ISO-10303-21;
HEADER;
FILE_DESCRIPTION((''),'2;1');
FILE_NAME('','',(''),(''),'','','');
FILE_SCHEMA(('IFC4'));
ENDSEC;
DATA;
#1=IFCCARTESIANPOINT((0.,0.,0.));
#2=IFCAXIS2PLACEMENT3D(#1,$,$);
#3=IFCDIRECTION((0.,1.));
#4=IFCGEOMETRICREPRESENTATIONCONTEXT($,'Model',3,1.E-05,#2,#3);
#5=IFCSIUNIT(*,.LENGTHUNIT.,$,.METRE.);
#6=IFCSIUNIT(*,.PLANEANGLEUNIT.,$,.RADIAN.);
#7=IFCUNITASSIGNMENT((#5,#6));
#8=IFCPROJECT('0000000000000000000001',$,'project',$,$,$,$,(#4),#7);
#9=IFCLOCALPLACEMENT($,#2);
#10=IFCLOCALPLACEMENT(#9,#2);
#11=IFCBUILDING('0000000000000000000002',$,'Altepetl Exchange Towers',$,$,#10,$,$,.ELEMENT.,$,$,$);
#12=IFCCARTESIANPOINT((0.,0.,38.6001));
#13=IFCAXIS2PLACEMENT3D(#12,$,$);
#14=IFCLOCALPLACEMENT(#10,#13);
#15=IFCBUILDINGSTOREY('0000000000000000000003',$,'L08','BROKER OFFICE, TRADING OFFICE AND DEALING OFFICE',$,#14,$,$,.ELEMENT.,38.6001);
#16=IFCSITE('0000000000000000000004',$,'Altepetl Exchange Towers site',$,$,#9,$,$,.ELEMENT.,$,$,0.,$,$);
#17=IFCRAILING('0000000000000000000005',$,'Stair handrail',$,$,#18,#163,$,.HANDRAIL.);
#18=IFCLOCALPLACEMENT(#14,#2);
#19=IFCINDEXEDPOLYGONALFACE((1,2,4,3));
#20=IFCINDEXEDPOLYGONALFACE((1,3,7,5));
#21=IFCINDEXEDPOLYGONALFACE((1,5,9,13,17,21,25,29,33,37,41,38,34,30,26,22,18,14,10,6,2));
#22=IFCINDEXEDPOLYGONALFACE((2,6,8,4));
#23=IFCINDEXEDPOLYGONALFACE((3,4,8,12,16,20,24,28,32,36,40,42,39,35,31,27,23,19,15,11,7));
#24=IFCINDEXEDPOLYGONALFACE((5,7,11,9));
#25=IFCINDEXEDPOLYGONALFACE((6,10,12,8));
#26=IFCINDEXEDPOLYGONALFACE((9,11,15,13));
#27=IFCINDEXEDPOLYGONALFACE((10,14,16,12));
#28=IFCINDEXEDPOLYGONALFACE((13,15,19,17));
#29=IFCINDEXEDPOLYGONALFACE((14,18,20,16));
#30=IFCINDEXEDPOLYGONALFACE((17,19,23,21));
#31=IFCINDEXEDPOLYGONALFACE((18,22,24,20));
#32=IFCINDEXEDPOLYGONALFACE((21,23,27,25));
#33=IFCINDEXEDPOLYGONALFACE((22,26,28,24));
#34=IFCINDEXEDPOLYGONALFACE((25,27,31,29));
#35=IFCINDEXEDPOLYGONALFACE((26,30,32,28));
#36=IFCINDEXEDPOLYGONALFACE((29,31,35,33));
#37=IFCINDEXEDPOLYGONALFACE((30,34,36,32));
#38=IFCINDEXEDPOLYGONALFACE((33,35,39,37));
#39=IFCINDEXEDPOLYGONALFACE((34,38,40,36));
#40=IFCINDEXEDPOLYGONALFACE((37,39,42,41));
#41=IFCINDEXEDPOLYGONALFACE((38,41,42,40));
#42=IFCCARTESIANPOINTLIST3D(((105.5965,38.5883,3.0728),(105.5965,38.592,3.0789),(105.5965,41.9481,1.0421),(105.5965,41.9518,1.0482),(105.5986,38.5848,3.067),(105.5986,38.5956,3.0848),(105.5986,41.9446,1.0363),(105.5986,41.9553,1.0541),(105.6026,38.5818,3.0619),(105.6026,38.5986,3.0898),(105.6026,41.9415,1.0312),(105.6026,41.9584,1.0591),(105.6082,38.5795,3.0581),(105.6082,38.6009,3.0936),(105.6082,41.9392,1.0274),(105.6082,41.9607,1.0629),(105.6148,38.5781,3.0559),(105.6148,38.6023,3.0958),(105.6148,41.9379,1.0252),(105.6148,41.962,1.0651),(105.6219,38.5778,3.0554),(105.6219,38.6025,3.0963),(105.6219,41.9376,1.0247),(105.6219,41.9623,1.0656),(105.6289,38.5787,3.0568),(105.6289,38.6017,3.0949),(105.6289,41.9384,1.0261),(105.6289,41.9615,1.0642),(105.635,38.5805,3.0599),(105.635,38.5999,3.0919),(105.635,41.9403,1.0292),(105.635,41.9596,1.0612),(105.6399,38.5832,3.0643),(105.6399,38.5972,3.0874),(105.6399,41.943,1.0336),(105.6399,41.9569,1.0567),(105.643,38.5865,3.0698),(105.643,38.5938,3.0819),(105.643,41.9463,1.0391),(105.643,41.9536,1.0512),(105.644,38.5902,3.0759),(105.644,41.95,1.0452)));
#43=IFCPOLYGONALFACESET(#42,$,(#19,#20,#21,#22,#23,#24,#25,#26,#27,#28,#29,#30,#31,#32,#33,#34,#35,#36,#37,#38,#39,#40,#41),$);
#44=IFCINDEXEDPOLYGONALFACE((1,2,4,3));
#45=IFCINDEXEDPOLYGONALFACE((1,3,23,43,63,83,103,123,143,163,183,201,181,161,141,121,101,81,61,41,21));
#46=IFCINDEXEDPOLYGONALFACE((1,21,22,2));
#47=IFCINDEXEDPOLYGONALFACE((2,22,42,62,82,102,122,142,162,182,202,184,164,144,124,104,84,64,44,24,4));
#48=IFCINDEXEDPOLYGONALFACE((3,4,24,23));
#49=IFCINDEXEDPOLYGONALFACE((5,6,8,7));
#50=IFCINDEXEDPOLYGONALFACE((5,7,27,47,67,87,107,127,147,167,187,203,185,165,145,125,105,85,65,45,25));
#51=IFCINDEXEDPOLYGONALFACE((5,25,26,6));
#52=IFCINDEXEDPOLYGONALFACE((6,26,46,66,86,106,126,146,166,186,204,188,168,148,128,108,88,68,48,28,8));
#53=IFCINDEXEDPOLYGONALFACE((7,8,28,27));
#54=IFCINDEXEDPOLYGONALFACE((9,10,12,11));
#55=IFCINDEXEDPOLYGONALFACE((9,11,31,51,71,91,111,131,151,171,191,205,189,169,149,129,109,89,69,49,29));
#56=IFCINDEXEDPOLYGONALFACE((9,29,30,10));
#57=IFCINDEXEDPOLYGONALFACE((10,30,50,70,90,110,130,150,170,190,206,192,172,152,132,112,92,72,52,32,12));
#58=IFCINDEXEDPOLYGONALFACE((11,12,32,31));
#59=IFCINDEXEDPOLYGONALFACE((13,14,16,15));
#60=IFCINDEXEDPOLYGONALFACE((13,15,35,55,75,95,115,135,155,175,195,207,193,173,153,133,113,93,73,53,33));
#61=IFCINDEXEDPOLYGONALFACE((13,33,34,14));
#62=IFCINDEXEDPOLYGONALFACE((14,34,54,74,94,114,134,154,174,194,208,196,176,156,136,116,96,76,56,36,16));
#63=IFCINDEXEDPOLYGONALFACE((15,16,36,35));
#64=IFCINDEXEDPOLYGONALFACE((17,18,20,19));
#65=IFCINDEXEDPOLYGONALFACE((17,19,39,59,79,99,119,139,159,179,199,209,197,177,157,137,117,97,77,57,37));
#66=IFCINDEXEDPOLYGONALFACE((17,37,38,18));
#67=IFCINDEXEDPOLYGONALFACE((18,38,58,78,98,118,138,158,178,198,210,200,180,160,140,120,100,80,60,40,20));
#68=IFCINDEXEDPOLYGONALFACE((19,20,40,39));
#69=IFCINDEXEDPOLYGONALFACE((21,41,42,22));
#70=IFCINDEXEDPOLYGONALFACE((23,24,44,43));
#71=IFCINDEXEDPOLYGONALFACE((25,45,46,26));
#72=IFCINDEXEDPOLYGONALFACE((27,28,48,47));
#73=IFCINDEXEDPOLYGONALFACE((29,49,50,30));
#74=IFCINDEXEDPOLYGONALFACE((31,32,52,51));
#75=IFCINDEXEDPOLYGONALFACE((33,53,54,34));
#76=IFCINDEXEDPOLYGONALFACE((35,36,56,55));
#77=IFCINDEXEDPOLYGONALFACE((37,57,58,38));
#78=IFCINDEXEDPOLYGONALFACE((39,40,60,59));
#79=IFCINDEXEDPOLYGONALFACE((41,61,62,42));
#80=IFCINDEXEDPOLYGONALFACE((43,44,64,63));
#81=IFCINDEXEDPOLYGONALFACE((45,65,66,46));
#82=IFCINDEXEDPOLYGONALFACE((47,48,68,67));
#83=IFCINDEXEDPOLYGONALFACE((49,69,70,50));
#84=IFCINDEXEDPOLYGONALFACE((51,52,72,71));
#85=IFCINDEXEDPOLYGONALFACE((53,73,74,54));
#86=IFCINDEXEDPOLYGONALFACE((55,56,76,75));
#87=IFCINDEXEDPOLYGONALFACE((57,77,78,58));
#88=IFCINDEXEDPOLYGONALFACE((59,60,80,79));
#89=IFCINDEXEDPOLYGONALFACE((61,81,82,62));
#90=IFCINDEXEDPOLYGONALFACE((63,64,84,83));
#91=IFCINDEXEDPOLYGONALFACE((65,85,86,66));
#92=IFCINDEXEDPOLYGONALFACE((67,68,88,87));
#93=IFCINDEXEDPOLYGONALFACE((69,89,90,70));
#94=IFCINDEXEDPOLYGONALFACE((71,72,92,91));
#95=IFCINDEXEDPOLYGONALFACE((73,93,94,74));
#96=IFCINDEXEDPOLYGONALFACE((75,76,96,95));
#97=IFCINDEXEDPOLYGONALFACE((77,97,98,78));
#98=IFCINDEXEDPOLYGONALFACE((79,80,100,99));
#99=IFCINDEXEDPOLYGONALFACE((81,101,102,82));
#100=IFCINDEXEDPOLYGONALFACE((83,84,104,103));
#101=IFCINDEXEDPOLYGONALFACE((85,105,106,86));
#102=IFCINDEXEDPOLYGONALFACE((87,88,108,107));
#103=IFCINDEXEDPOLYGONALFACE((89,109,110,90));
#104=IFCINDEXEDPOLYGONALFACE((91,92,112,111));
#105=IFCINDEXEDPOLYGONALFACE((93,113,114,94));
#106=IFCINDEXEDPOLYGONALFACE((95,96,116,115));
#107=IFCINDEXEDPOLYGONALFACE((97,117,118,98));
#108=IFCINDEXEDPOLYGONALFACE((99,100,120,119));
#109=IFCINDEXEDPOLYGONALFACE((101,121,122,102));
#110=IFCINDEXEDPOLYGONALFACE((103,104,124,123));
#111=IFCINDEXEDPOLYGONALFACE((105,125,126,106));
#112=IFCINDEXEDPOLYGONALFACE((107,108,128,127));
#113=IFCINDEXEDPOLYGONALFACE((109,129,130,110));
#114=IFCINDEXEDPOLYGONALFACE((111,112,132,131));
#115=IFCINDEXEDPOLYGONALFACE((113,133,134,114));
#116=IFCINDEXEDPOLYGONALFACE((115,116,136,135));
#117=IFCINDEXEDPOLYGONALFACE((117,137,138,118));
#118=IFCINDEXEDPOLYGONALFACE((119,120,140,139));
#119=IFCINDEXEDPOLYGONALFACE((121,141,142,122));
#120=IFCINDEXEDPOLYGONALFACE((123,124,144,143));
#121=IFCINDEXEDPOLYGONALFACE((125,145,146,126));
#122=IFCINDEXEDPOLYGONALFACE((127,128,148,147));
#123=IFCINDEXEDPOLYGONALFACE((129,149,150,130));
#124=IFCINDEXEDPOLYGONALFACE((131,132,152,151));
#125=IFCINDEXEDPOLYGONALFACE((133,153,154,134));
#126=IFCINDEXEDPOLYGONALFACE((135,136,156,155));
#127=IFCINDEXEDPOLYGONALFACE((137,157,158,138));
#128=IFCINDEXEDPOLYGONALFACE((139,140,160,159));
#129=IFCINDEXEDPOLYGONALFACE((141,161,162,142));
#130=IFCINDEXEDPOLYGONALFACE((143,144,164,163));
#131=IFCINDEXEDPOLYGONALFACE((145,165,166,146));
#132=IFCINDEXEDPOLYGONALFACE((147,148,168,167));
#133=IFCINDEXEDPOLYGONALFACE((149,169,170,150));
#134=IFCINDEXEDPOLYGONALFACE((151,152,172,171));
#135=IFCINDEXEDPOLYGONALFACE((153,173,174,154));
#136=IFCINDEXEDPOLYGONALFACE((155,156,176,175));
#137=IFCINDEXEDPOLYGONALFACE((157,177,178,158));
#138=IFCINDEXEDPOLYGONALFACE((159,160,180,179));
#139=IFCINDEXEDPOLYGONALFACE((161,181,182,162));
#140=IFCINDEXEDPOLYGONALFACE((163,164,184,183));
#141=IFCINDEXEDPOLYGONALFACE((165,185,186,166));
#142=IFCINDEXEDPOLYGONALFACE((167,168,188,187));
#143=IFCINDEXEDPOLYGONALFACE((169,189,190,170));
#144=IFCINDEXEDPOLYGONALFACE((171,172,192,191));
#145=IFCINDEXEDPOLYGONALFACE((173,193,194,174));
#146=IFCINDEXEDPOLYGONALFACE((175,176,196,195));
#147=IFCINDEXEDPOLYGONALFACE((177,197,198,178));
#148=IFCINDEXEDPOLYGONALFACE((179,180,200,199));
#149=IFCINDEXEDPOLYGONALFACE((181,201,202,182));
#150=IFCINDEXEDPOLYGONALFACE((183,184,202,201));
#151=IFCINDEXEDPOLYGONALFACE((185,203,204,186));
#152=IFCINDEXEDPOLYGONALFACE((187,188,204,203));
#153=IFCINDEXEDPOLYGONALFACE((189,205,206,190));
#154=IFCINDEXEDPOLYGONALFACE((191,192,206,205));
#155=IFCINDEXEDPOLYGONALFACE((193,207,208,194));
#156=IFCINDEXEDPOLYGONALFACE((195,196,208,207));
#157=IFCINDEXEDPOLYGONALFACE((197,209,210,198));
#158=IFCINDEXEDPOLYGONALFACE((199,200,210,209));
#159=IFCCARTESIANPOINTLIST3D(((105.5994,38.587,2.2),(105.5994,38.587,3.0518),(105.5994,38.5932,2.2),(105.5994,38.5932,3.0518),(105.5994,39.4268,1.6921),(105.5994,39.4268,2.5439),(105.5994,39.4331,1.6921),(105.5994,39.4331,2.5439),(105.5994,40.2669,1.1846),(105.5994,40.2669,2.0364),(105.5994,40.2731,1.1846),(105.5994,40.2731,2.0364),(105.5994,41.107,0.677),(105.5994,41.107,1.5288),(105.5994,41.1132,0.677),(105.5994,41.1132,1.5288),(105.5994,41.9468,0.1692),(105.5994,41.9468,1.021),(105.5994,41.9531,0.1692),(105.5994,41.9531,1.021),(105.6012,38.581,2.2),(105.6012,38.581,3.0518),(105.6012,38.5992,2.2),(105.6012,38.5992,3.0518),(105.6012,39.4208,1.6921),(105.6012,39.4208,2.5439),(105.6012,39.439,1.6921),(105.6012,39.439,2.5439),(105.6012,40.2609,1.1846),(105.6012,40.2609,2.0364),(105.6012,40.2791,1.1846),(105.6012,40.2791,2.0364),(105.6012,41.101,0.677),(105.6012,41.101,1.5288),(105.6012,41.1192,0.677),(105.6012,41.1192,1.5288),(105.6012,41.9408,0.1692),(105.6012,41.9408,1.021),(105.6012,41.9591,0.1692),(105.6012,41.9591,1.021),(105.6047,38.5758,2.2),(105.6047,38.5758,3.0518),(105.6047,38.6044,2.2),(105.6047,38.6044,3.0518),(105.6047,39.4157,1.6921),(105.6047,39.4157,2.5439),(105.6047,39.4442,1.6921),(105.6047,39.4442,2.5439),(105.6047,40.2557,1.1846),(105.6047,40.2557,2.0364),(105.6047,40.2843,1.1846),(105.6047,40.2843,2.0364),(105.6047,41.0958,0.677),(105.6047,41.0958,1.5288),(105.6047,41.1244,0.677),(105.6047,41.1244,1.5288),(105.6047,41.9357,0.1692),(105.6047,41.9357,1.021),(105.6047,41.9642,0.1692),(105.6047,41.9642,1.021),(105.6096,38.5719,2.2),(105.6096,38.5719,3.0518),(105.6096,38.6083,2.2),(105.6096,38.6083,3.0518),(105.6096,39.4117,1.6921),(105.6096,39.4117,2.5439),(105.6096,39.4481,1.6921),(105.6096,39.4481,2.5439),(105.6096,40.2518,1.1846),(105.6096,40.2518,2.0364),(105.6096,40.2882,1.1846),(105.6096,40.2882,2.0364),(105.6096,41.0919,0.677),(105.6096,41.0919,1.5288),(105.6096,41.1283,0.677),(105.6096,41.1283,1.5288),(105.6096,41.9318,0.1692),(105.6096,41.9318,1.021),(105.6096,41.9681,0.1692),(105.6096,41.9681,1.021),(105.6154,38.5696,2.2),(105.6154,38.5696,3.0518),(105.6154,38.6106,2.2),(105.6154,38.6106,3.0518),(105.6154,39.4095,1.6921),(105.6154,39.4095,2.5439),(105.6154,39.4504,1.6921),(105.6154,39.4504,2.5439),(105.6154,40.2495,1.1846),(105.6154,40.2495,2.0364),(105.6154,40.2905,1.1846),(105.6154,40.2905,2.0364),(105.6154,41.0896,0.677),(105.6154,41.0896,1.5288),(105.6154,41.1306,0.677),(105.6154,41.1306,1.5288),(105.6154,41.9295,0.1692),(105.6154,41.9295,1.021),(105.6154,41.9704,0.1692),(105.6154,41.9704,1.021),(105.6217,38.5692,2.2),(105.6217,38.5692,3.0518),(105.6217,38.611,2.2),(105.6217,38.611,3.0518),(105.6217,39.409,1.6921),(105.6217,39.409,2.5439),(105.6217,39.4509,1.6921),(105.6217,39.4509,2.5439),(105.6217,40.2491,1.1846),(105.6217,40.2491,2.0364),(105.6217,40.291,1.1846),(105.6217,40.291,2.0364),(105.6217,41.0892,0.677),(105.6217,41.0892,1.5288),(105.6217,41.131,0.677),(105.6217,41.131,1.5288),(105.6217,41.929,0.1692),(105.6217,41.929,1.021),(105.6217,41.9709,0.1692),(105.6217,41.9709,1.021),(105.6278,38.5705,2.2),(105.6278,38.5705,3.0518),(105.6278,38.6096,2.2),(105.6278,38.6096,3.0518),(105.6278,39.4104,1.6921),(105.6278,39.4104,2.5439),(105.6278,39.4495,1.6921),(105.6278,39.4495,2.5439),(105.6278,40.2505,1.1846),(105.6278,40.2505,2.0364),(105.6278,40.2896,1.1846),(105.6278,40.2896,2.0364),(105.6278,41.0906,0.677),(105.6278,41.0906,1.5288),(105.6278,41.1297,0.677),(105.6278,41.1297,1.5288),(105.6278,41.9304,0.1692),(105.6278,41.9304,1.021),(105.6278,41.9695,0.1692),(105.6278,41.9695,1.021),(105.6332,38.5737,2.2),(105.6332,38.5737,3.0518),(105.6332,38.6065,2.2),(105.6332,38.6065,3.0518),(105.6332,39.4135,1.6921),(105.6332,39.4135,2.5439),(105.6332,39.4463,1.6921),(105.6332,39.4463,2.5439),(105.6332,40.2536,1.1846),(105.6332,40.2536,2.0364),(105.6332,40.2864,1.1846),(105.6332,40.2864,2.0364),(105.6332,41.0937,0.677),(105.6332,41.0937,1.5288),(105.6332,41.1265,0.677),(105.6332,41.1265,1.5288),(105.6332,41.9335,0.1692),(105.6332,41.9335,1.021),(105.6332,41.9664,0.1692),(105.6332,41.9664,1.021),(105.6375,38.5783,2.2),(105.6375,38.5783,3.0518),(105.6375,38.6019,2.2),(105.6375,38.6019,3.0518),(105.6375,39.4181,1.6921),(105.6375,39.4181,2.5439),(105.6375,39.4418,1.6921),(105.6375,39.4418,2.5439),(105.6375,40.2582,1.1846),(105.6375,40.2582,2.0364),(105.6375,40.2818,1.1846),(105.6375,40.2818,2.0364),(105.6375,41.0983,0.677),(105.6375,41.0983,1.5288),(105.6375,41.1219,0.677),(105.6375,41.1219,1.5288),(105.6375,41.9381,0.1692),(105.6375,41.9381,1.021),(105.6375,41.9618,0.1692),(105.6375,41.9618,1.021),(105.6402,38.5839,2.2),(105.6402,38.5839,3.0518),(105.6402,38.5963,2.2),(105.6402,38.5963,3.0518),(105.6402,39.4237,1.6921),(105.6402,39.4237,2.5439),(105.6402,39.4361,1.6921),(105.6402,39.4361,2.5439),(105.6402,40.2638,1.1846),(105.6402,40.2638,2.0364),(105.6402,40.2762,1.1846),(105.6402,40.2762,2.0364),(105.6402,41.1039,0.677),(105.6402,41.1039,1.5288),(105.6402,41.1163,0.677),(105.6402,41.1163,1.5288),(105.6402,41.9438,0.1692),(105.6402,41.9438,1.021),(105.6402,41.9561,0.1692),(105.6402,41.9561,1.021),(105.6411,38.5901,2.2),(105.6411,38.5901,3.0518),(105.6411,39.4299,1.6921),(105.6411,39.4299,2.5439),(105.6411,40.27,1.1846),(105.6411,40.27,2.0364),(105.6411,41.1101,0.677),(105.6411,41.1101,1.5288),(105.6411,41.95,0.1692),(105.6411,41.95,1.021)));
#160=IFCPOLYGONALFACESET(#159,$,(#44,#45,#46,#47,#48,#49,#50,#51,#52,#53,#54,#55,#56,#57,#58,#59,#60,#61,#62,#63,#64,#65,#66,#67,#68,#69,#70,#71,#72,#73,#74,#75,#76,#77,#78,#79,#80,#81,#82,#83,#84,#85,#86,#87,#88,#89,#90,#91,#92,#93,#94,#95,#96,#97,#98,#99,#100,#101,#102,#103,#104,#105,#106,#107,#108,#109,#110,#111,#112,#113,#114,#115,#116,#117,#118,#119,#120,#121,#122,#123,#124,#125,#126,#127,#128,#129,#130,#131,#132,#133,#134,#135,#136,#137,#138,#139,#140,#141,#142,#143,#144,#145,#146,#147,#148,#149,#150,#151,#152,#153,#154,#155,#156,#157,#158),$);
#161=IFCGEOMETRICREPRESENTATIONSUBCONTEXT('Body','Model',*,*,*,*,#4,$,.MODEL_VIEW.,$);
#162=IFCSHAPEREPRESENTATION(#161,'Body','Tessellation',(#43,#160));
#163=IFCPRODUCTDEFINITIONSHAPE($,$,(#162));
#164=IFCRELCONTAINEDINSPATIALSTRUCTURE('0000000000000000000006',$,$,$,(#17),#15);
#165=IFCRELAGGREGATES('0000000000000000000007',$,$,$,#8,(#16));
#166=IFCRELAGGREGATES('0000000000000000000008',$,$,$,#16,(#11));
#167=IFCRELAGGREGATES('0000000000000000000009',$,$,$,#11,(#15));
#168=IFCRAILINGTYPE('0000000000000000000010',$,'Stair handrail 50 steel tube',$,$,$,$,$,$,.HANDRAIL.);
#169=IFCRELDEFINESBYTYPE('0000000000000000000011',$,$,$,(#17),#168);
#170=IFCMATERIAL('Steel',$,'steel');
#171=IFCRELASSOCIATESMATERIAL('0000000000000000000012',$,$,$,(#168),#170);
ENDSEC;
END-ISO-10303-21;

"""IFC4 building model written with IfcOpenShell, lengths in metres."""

from ifc_helpers import new_model, si_unit, direction, frame, origin, origin_2d, place, context, subcontext, project, spatial, circle, extrude, source, transform, mapped, material, type_object, element, save


model = new_model("IFC4")

# Units and contexts
model_context = context("Model", 3, precision=1e-05, world=origin(), true_north=direction((0.0, 1.0)))
body_context = subcontext(model_context, "Body", "Model", "MODEL_VIEW")
ifc_project = project(units=[si_unit("LENGTHUNIT", "METRE"), si_unit("PLANEANGLEUNIT", "RADIAN")], contexts=[model_context])

# Site, building, storey
site_placement = place(None, origin())
site = spatial("IfcSite", under=ifc_project, at=site_placement, Name="Altepetl Exchange Towers site", CompositionType="ELEMENT", RefElevation=0.0)
building_placement = place(site_placement, origin())
building = spatial("IfcBuilding", under=site, at=building_placement, Name="Altepetl Exchange Towers", CompositionType="ELEMENT")
storey_placement = place(building_placement, frame((0.0, 0.0, 38.6001)))
storey = spatial("IfcBuildingStorey", under=building, at=storey_placement, Name="L08", Description="BROKER OFFICE, TRADING OFFICE AND DEALING OFFICE", CompositionType="ELEMENT", Elevation=38.6001)

# Railing
ifc_material_1 = material(Name="Steel", Category="steel")
railing_type = type_object("IfcRailingType", Name="Stair handrail 50 steel tube", PredefinedType="HANDRAIL", material=ifc_material_1)
shared_shape = source(origin(), body_context, "Body", "SweptSolid", [
    extrude(circle(Radius=0.021, at=origin_2d()), origin(), (0.0, 0.0, 1.0), 0.8518),
])
railing_1_placement = place(storey_placement, frame((105.6201, 41.95, 0.1692)))
element("IfcRailing", 1, at=railing_1_placement, inside=storey, type_object=railing_type, Name="Stair handrail", PredefinedType="HANDRAIL", context=body_context, shape_type="SweptSolid", body=[
    extrude(circle(Radius=0.0239, at=origin_2d()), frame((0.0, 0.0, 0.876), z_axis=(0.0, -0.85582, 0.517273), x_axis=(1.0, 0.0, 0.0)), (0.0, 0.0, 1.0), 3.9258),
    mapped(shared_shape, transform((0.0, 0.0, 0.0))),
    mapped(shared_shape, transform((0.0, -0.8398, 0.5078))),
    mapped(shared_shape, transform((0.0, -1.6799, 1.0154))),
    mapped(shared_shape, transform((0.0, -2.52, 1.5229))),
    mapped(shared_shape, transform((0.0, -3.3599, 2.0308))),
])

save(model, "model.ifc")
